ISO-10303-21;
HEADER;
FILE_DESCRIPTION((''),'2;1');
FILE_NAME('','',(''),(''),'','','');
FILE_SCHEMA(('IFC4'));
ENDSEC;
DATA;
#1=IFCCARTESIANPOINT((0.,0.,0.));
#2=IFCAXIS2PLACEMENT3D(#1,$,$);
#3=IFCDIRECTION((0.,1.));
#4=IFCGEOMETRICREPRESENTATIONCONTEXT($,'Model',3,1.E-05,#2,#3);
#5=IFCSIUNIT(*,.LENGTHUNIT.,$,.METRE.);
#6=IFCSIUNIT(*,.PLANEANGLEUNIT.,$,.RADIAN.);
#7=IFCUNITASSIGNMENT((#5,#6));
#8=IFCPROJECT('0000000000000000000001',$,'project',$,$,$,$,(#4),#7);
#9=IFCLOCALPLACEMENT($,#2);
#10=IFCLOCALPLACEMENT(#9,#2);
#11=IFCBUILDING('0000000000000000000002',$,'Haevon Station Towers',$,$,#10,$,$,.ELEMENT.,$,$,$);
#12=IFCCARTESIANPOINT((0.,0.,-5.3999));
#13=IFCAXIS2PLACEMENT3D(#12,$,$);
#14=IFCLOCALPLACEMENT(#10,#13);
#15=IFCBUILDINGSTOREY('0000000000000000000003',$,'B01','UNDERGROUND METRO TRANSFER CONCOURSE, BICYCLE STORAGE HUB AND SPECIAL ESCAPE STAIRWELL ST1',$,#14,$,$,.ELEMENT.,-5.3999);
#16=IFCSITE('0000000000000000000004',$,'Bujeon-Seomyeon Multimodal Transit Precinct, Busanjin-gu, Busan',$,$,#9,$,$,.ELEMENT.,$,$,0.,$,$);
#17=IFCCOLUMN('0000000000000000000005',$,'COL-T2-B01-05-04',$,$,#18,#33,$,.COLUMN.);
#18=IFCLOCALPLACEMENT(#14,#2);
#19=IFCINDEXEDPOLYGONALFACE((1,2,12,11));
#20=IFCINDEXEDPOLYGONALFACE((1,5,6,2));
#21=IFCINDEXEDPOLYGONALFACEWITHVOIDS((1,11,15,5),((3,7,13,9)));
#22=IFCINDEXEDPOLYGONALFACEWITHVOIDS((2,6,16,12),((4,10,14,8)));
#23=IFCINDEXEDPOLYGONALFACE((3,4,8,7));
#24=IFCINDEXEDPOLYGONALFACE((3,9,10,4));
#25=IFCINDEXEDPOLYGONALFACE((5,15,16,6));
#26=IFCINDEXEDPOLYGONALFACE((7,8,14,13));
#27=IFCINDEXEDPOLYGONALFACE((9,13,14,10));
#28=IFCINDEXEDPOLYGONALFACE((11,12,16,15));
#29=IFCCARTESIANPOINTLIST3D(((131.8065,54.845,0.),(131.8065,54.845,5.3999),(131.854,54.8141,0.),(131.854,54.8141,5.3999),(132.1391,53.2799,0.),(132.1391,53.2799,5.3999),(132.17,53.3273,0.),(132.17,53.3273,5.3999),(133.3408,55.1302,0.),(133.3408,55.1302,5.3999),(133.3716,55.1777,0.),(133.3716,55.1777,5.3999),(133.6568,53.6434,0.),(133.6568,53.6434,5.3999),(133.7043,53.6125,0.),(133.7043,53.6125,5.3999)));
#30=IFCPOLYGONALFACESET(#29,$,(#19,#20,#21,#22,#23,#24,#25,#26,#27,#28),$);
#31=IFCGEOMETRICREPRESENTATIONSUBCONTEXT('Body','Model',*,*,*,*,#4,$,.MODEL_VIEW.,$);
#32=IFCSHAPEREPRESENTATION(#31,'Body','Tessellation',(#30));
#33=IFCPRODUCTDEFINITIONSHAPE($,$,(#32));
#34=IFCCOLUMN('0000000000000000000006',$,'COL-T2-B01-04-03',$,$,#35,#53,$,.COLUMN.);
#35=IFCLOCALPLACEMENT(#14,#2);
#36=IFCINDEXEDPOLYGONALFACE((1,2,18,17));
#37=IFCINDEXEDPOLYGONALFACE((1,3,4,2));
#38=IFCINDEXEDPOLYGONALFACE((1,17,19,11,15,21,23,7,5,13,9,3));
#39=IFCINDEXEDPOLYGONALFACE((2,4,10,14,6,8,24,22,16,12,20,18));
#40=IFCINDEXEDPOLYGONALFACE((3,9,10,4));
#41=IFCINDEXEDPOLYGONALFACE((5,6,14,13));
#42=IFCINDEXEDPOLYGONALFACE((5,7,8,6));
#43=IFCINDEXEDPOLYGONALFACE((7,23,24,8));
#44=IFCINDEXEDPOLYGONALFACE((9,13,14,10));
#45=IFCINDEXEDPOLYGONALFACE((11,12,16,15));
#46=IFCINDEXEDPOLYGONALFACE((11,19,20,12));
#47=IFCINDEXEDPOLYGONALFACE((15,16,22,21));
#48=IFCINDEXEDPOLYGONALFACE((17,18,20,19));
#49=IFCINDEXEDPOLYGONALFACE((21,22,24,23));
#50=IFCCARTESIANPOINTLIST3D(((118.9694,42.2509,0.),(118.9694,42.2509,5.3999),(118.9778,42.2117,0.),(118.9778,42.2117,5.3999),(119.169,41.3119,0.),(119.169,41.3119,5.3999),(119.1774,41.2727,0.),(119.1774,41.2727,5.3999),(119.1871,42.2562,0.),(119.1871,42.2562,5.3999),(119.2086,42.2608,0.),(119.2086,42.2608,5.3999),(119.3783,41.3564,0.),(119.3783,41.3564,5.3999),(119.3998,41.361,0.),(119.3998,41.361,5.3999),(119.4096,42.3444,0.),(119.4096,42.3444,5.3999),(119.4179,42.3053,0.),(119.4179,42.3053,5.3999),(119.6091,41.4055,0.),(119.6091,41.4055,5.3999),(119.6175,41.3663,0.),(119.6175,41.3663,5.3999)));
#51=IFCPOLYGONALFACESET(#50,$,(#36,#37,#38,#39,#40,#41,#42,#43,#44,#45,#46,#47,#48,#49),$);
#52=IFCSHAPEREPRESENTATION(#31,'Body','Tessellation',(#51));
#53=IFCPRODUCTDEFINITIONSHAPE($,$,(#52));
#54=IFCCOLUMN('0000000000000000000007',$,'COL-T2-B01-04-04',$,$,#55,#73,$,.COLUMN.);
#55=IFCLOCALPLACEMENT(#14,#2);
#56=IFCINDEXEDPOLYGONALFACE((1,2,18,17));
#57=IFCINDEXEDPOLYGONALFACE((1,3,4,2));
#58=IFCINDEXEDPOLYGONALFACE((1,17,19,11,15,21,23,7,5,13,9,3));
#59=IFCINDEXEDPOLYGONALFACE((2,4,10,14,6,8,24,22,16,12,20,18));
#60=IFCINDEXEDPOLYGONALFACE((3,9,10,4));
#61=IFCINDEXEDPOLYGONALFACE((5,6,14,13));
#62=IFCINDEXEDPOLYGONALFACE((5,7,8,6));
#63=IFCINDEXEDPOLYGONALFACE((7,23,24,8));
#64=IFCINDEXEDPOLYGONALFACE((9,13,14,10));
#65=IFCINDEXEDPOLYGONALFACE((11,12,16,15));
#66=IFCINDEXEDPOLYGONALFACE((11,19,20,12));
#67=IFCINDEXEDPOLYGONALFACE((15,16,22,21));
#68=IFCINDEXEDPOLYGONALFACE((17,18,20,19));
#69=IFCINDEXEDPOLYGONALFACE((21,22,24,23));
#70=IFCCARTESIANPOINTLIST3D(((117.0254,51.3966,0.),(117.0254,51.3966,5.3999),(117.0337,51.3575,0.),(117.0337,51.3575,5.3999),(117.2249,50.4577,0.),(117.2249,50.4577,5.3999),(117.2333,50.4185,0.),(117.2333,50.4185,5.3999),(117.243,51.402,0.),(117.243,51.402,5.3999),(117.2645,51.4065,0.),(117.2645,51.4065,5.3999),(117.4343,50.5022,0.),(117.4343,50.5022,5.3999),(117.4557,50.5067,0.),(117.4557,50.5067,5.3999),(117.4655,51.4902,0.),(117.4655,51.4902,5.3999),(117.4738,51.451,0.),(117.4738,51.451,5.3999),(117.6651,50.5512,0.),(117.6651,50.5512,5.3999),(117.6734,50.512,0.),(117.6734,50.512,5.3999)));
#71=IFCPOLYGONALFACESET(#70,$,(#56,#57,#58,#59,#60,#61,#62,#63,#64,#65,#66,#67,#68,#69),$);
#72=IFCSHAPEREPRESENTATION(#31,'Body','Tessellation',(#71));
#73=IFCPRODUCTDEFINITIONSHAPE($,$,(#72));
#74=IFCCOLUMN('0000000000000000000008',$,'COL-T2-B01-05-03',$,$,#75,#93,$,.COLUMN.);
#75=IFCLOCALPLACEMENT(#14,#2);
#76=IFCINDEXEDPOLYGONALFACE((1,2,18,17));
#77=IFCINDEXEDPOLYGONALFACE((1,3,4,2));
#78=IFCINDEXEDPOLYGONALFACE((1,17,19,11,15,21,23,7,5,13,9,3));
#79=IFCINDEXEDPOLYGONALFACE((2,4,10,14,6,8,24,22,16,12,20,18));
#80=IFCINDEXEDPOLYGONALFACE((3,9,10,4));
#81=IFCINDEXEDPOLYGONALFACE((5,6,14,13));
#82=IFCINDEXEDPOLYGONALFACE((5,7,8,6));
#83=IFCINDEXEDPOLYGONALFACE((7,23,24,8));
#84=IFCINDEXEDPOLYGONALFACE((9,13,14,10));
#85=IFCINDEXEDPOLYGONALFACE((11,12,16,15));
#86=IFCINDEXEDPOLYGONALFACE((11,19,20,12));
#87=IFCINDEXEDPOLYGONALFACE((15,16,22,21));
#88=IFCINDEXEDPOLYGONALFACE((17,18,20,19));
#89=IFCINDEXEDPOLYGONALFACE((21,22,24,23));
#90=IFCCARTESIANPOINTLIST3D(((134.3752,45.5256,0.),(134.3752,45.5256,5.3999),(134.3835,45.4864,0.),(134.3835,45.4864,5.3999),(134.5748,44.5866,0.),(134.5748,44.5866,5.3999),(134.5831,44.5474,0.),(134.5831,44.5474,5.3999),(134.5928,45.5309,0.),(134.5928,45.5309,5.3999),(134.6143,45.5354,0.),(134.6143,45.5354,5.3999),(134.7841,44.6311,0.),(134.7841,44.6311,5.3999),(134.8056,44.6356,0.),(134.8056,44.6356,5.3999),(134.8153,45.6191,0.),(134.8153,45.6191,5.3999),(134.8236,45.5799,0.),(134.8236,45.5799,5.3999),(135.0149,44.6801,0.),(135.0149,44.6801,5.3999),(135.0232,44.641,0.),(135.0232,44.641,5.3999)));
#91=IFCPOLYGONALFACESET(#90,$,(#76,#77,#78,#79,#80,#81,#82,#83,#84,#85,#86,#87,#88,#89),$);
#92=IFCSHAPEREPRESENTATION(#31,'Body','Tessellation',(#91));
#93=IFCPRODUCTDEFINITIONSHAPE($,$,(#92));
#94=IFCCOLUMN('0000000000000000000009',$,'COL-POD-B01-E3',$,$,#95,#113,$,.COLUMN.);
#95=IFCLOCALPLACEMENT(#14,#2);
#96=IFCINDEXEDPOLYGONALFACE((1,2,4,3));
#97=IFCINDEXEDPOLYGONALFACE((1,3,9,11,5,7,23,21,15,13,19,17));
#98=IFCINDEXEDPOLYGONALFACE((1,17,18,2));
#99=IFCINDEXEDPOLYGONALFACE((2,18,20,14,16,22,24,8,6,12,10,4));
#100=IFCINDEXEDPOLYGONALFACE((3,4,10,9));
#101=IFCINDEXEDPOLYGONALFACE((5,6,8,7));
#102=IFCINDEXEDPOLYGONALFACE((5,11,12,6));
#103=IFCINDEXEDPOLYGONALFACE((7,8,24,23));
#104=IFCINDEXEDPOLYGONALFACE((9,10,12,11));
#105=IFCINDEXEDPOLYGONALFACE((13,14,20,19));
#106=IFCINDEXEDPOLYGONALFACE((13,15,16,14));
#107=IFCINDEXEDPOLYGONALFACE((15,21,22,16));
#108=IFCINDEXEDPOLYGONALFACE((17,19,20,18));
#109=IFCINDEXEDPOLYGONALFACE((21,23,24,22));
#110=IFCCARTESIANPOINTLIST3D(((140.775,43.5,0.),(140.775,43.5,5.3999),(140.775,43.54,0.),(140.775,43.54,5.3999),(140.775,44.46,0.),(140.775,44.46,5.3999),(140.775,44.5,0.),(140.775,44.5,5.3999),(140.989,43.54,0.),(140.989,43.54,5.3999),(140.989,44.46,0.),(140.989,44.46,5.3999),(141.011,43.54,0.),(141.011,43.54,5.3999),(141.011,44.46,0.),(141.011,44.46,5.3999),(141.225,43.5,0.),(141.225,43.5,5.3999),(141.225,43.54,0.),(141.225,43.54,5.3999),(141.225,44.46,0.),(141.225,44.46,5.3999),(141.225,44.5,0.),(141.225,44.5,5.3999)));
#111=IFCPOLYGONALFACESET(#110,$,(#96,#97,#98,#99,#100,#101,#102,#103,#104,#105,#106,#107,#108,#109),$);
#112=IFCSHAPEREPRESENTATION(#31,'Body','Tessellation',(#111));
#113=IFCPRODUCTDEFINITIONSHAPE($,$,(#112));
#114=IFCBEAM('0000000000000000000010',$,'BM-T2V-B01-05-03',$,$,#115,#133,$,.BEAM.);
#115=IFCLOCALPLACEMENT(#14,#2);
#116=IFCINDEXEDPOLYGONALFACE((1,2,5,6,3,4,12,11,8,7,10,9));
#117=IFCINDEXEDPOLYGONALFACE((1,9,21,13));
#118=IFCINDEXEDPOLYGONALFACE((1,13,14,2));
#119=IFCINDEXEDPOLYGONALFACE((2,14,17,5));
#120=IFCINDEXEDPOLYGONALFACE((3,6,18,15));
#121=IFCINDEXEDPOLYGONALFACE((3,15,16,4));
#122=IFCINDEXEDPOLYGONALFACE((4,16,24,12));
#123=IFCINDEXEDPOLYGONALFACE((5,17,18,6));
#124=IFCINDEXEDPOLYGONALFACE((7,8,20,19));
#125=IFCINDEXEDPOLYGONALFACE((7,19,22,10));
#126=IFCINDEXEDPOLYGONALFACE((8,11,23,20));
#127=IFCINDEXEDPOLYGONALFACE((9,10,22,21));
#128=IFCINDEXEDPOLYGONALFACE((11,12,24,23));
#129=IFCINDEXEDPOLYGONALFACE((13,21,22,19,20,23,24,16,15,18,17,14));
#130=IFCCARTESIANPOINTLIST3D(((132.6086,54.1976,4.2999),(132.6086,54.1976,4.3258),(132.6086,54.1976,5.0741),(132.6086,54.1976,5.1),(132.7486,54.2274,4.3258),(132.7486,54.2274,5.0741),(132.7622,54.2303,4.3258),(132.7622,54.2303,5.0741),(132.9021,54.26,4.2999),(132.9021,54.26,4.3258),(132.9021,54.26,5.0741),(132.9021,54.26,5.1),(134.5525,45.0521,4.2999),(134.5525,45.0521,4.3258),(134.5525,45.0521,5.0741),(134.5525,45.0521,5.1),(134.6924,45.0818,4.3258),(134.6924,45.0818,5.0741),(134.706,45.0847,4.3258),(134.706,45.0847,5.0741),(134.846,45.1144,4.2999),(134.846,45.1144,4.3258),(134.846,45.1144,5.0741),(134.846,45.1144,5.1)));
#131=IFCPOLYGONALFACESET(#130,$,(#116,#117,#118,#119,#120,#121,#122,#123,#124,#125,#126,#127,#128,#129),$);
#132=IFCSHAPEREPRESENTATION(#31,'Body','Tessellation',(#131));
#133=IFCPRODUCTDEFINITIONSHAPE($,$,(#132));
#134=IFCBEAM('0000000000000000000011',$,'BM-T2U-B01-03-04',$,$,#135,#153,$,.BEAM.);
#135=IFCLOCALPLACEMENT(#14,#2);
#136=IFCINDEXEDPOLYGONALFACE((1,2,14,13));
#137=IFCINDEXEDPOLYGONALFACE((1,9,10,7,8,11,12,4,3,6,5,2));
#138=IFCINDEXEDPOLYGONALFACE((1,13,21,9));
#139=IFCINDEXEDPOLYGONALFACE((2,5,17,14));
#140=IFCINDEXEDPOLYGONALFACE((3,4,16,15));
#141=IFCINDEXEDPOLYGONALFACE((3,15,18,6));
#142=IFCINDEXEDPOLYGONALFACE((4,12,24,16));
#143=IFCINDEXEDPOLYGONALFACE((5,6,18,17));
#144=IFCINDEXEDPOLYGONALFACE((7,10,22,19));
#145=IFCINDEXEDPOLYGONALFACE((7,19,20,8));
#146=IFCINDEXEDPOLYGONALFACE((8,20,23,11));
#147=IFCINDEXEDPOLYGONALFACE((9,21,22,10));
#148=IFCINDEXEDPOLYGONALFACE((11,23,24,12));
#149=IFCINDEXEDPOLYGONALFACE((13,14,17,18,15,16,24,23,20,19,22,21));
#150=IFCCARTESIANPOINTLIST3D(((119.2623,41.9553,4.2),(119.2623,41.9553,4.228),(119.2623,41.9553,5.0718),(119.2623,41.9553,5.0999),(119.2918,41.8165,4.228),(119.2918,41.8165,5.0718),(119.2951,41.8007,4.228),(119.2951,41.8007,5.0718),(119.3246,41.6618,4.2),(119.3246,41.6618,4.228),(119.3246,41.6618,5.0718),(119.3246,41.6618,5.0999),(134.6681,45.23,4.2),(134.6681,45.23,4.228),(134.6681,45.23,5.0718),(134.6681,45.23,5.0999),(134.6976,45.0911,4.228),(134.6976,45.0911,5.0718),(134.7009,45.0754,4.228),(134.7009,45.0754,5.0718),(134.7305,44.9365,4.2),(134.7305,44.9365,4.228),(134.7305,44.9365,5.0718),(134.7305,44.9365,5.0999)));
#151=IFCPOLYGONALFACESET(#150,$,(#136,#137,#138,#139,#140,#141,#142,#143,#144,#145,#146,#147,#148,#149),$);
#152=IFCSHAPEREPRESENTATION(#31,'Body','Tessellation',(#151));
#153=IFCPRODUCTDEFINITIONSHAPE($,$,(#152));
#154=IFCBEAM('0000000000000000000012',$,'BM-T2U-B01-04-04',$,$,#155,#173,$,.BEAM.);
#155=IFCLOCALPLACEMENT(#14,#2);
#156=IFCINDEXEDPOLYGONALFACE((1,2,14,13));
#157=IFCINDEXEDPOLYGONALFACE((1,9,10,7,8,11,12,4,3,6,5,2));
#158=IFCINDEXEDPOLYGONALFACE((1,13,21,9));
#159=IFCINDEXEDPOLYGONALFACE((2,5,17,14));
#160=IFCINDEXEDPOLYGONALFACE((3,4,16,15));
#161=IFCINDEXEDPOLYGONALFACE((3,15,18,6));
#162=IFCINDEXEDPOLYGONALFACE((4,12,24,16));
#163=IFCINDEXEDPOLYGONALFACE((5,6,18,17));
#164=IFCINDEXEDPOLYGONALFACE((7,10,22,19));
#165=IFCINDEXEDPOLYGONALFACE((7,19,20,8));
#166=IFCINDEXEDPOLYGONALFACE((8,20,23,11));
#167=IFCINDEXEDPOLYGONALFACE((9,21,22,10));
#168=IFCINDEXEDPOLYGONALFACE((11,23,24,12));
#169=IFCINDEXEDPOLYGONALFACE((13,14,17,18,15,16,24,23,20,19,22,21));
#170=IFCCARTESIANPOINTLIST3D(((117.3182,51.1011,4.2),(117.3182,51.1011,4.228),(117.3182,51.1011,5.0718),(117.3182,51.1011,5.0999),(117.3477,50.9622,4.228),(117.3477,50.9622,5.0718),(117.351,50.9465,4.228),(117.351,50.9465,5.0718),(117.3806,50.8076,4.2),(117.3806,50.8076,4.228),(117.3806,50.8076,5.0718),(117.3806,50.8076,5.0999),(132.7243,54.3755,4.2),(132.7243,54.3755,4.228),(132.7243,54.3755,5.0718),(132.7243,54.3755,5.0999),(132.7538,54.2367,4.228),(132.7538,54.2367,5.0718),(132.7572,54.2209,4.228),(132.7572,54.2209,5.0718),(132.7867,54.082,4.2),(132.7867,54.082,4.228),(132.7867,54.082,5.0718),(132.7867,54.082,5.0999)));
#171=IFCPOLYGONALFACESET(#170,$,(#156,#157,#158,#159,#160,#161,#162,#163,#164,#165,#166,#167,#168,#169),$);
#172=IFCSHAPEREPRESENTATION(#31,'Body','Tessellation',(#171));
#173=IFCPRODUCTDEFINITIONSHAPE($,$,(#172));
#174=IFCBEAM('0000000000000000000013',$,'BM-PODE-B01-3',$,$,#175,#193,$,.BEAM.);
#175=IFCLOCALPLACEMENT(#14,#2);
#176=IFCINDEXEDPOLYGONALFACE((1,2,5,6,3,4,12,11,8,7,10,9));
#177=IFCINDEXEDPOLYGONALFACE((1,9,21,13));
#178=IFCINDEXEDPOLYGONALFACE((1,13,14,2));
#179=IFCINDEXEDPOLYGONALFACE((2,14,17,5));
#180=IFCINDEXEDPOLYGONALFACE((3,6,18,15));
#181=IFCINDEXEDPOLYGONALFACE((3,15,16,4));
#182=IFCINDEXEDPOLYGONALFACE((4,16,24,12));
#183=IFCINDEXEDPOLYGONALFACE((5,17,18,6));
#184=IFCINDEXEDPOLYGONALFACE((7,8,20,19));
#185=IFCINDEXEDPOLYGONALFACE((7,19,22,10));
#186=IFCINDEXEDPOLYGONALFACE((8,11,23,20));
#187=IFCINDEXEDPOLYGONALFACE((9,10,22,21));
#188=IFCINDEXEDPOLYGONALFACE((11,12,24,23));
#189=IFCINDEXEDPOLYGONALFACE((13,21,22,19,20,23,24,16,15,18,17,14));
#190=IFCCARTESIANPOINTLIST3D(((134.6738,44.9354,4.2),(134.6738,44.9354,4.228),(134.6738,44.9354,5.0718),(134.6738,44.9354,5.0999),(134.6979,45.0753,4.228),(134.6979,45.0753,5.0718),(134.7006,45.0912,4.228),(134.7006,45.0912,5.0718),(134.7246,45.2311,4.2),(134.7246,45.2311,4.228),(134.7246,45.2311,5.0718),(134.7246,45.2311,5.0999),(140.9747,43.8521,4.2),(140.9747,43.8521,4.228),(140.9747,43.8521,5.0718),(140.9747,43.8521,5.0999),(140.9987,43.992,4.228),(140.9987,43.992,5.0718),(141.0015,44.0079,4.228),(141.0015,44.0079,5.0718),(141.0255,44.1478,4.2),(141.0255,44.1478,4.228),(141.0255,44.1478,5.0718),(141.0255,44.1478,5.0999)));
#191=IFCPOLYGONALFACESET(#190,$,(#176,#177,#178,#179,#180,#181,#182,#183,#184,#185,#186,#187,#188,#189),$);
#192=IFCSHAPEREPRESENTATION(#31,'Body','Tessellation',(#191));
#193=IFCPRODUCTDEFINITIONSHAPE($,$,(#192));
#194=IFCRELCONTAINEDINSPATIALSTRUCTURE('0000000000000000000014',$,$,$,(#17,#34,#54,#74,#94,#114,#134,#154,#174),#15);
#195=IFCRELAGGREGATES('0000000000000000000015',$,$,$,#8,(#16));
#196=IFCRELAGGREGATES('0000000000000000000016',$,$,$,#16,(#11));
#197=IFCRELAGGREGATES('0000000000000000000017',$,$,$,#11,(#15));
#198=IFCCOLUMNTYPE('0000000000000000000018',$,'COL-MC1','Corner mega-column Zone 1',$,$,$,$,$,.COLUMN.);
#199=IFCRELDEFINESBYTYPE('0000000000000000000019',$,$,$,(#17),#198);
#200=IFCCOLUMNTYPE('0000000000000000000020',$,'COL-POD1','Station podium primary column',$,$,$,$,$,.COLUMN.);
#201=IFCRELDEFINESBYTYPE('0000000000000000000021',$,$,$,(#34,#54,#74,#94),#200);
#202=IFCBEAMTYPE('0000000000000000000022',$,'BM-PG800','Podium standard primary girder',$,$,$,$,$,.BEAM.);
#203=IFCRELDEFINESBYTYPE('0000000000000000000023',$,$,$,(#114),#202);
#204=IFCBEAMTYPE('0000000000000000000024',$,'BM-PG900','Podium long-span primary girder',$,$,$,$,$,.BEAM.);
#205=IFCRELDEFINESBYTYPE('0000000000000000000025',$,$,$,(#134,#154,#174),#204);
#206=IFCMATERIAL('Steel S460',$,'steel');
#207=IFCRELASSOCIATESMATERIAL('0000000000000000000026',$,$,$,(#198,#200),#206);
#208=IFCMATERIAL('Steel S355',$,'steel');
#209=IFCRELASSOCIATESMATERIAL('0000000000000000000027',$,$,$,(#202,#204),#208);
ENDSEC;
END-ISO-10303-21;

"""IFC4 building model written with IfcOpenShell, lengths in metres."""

from ifc_helpers import new_model, si_unit, direction, frame, origin, origin_2d, place, context, subcontext, project, spatial, hollow_rectangle, i_section, extrude, material, material_profile, profile_set, type_object, element, save


model = new_model("IFC4")

# Units and contexts
model_context = context("Model", 3, precision=1e-05, world=origin(), true_north=direction((0.0, 1.0)))
body_context = subcontext(model_context, "Body", "Model", "MODEL_VIEW")
ifc_project = project(units=[si_unit("LENGTHUNIT", "METRE"), si_unit("PLANEANGLEUNIT", "RADIAN")], contexts=[model_context])

# Site, building, storey
site_placement = place(None, origin())
site = spatial("IfcSite", under=ifc_project, at=site_placement, Name="Bujeon-Seomyeon Multimodal Transit Precinct, Busanjin-gu, Busan", CompositionType="ELEMENT", RefElevation=0.0)
building_placement = place(site_placement, origin())
building = spatial("IfcBuilding", under=site, at=building_placement, Name="Haevon Station Towers", CompositionType="ELEMENT")
storey_placement = place(building_placement, frame((0.0, 0.0, -5.3999)))
storey = spatial("IfcBuildingStorey", under=building, at=storey_placement, Name="B01", Description="UNDERGROUND METRO TRANSFER CONCOURSE, BICYCLE STORAGE HUB AND SPECIAL ESCAPE STAIRWELL ST1", CompositionType="ELEMENT", Elevation=-5.3999)

# Columns
ifc_material_1 = material(Name="Steel S460", Category="steel")
ifc_material_profile_1 = material_profile(ifc_material_1, hollow_rectangle(XDim=1.6001, YDim=1.6001, WallThickness=0.04, at=origin_2d()), Name="BOX-1600x1600x40")
ifc_profile_set_1 = profile_set([ifc_material_profile_1], Name="Steel S460")
column_type_1 = type_object("IfcColumnType", Name="COL-MC1", Description="Corner mega-column Zone 1", PredefinedType="COLUMN", material=ifc_profile_set_1)
column_placement = place(storey_placement, frame((132.7554, 54.2288, 0.0), z_axis=(0.0, 0.0, 1.0), x_axis=(0.978148, 0.207912, 0.0)))
element("IfcColumn", 1, at=column_placement, inside=storey, type_object=column_type_1, Name="COL-T2-B01-05-04", PredefinedType="COLUMN", context=body_context, shape_type="SweptSolid", body=[
    extrude(hollow_rectangle(XDim=1.6001, YDim=1.6001, WallThickness=0.04, at=origin_2d()), origin(), (0.0, 0.0, 1.0), 5.3999),
])
ifc_material_profile_2 = material_profile(ifc_material_1, i_section(OverallWidth=0.45, OverallDepth=1.0, WebThickness=0.022, FlangeThickness=0.04, at=origin_2d()), Name="H-1000x450x22x40")
ifc_profile_set_2 = profile_set([ifc_material_profile_2], Name="Steel S460")
column_type_2 = type_object("IfcColumnType", Name="COL-POD1", Description="Station podium primary column", PredefinedType="COLUMN", material=ifc_profile_set_2)
for number, where, z_axis, x_axis, name in (
    (2, (119.2935, 41.8086, 0.0), (0.0, 0.0, 1.0), (0.978148, 0.207912, 0.0), "COL-T2-B01-04-03"),
    (3, (117.3494, 50.9543, 0.0), (0.0, 0.0, 1.0), (0.978148, 0.207912, 0.0), "COL-T2-B01-04-04"),
    (4, (134.6992, 45.0833, 0.0), (0.0, 0.0, 1.0), (0.978148, 0.207912, 0.0), "COL-T2-B01-05-03"),
    (5, (141.0, 44.0, 0.0), (0.0, 0.0, 1.0), (1.0, 0.0, 0.0), "COL-POD-B01-E3"),
):
    element("IfcColumn", number, at=place(storey_placement, frame(where, z_axis=z_axis, x_axis=x_axis)), inside=storey, type_object=column_type_2, Name=name, PredefinedType="COLUMN", context=body_context, shape_type="SweptSolid", body=[
        extrude(i_section(OverallWidth=0.45, OverallDepth=1.0, WebThickness=0.022, FlangeThickness=0.04, at=origin_2d()), origin(), (0.0, 0.0, 1.0), 5.3999),
    ])

# Beams
ifc_material_2 = material(Name="Steel S355", Category="steel")
ifc_material_profile_3 = material_profile(ifc_material_2, i_section(OverallWidth=0.3, OverallDepth=0.8, WebThickness=0.0139, FlangeThickness=0.0259, at=origin_2d()), Name="H-800x300x14x26")
ifc_profile_set_3 = profile_set([ifc_material_profile_3], Name="Steel S355")
beam_type_1 = type_object("IfcBeamType", Name="BM-PG800", Description="Podium standard primary girder", PredefinedType="BEAM", material=ifc_profile_set_3)
beam_1_placement = place(storey_placement, frame((134.6992, 45.0833, 4.7), z_axis=(-0.207902, 0.97815, 0.0), x_axis=(-0.97815, -0.207902, 0.0)))
element("IfcBeam", 6, at=beam_1_placement, inside=storey, type_object=beam_type_1, Name="BM-T2V-B01-05-03", PredefinedType="BEAM", context=body_context, shape_type="SweptSolid", body=[
    extrude(i_section(OverallWidth=0.3, OverallDepth=0.8, WebThickness=0.0139, FlangeThickness=0.0259, at=origin_2d()), origin(), (0.0, 0.0, 1.0), 9.3499),
])
ifc_material_profile_4 = material_profile(ifc_material_2, i_section(OverallWidth=0.3, OverallDepth=0.8999, WebThickness=0.0161, FlangeThickness=0.0281, at=origin_2d()), Name="H-900x300x16x28")
ifc_profile_set_4 = profile_set([ifc_material_profile_4], Name="Steel S355")
beam_type_2 = type_object("IfcBeamType", Name="BM-PG900", Description="Podium long-span primary girder", PredefinedType="BEAM", material=ifc_profile_set_4)
beam_2_placement = place(storey_placement, frame((119.2935, 41.8086, 4.6499), z_axis=(0.978147, 0.207915, 0.0), x_axis=(-0.207915, 0.978147, 0.0)))
element("IfcBeam", 7, at=beam_2_placement, inside=storey, type_object=beam_type_2, Name="BM-T2U-B01-03-04", PredefinedType="BEAM", context=body_context, shape_type="SweptSolid", body=[
    extrude(i_section(OverallWidth=0.3, OverallDepth=0.8999, WebThickness=0.0161, FlangeThickness=0.0281, at=origin_2d()), origin(), (0.0, 0.0, 1.0), 15.75),
])
beam_3_placement = place(storey_placement, frame((117.3494, 50.9543, 4.6499), z_axis=(0.978151, 0.207898, 0.0), x_axis=(-0.207898, 0.978151, 0.0)))
element("IfcBeam", 8, at=beam_3_placement, inside=storey, type_object=beam_type_2, Name="BM-T2U-B01-04-04", PredefinedType="BEAM", context=body_context, shape_type="SweptSolid", body=[
    extrude(i_section(OverallWidth=0.3, OverallDepth=0.8999, WebThickness=0.0161, FlangeThickness=0.0281, at=origin_2d()), origin(), (0.0, 0.0, 1.0), 15.7502),
])
beam_4_placement = place(storey_placement, frame((134.6992, 45.0833, 4.6499), z_axis=(0.985541, -0.169438, 0.0), x_axis=(0.169438, 0.985541, 0.0)))
element("IfcBeam", 9, at=beam_4_placement, inside=storey, type_object=beam_type_2, Name="BM-PODE-B01-3", PredefinedType="BEAM", context=body_context, shape_type="SweptSolid", body=[
    extrude(i_section(OverallWidth=0.3, OverallDepth=0.8999, WebThickness=0.0161, FlangeThickness=0.0281, at=origin_2d()), origin(), (0.0, 0.0, 1.0), 6.3933),
])

save(model, "model.ifc")
